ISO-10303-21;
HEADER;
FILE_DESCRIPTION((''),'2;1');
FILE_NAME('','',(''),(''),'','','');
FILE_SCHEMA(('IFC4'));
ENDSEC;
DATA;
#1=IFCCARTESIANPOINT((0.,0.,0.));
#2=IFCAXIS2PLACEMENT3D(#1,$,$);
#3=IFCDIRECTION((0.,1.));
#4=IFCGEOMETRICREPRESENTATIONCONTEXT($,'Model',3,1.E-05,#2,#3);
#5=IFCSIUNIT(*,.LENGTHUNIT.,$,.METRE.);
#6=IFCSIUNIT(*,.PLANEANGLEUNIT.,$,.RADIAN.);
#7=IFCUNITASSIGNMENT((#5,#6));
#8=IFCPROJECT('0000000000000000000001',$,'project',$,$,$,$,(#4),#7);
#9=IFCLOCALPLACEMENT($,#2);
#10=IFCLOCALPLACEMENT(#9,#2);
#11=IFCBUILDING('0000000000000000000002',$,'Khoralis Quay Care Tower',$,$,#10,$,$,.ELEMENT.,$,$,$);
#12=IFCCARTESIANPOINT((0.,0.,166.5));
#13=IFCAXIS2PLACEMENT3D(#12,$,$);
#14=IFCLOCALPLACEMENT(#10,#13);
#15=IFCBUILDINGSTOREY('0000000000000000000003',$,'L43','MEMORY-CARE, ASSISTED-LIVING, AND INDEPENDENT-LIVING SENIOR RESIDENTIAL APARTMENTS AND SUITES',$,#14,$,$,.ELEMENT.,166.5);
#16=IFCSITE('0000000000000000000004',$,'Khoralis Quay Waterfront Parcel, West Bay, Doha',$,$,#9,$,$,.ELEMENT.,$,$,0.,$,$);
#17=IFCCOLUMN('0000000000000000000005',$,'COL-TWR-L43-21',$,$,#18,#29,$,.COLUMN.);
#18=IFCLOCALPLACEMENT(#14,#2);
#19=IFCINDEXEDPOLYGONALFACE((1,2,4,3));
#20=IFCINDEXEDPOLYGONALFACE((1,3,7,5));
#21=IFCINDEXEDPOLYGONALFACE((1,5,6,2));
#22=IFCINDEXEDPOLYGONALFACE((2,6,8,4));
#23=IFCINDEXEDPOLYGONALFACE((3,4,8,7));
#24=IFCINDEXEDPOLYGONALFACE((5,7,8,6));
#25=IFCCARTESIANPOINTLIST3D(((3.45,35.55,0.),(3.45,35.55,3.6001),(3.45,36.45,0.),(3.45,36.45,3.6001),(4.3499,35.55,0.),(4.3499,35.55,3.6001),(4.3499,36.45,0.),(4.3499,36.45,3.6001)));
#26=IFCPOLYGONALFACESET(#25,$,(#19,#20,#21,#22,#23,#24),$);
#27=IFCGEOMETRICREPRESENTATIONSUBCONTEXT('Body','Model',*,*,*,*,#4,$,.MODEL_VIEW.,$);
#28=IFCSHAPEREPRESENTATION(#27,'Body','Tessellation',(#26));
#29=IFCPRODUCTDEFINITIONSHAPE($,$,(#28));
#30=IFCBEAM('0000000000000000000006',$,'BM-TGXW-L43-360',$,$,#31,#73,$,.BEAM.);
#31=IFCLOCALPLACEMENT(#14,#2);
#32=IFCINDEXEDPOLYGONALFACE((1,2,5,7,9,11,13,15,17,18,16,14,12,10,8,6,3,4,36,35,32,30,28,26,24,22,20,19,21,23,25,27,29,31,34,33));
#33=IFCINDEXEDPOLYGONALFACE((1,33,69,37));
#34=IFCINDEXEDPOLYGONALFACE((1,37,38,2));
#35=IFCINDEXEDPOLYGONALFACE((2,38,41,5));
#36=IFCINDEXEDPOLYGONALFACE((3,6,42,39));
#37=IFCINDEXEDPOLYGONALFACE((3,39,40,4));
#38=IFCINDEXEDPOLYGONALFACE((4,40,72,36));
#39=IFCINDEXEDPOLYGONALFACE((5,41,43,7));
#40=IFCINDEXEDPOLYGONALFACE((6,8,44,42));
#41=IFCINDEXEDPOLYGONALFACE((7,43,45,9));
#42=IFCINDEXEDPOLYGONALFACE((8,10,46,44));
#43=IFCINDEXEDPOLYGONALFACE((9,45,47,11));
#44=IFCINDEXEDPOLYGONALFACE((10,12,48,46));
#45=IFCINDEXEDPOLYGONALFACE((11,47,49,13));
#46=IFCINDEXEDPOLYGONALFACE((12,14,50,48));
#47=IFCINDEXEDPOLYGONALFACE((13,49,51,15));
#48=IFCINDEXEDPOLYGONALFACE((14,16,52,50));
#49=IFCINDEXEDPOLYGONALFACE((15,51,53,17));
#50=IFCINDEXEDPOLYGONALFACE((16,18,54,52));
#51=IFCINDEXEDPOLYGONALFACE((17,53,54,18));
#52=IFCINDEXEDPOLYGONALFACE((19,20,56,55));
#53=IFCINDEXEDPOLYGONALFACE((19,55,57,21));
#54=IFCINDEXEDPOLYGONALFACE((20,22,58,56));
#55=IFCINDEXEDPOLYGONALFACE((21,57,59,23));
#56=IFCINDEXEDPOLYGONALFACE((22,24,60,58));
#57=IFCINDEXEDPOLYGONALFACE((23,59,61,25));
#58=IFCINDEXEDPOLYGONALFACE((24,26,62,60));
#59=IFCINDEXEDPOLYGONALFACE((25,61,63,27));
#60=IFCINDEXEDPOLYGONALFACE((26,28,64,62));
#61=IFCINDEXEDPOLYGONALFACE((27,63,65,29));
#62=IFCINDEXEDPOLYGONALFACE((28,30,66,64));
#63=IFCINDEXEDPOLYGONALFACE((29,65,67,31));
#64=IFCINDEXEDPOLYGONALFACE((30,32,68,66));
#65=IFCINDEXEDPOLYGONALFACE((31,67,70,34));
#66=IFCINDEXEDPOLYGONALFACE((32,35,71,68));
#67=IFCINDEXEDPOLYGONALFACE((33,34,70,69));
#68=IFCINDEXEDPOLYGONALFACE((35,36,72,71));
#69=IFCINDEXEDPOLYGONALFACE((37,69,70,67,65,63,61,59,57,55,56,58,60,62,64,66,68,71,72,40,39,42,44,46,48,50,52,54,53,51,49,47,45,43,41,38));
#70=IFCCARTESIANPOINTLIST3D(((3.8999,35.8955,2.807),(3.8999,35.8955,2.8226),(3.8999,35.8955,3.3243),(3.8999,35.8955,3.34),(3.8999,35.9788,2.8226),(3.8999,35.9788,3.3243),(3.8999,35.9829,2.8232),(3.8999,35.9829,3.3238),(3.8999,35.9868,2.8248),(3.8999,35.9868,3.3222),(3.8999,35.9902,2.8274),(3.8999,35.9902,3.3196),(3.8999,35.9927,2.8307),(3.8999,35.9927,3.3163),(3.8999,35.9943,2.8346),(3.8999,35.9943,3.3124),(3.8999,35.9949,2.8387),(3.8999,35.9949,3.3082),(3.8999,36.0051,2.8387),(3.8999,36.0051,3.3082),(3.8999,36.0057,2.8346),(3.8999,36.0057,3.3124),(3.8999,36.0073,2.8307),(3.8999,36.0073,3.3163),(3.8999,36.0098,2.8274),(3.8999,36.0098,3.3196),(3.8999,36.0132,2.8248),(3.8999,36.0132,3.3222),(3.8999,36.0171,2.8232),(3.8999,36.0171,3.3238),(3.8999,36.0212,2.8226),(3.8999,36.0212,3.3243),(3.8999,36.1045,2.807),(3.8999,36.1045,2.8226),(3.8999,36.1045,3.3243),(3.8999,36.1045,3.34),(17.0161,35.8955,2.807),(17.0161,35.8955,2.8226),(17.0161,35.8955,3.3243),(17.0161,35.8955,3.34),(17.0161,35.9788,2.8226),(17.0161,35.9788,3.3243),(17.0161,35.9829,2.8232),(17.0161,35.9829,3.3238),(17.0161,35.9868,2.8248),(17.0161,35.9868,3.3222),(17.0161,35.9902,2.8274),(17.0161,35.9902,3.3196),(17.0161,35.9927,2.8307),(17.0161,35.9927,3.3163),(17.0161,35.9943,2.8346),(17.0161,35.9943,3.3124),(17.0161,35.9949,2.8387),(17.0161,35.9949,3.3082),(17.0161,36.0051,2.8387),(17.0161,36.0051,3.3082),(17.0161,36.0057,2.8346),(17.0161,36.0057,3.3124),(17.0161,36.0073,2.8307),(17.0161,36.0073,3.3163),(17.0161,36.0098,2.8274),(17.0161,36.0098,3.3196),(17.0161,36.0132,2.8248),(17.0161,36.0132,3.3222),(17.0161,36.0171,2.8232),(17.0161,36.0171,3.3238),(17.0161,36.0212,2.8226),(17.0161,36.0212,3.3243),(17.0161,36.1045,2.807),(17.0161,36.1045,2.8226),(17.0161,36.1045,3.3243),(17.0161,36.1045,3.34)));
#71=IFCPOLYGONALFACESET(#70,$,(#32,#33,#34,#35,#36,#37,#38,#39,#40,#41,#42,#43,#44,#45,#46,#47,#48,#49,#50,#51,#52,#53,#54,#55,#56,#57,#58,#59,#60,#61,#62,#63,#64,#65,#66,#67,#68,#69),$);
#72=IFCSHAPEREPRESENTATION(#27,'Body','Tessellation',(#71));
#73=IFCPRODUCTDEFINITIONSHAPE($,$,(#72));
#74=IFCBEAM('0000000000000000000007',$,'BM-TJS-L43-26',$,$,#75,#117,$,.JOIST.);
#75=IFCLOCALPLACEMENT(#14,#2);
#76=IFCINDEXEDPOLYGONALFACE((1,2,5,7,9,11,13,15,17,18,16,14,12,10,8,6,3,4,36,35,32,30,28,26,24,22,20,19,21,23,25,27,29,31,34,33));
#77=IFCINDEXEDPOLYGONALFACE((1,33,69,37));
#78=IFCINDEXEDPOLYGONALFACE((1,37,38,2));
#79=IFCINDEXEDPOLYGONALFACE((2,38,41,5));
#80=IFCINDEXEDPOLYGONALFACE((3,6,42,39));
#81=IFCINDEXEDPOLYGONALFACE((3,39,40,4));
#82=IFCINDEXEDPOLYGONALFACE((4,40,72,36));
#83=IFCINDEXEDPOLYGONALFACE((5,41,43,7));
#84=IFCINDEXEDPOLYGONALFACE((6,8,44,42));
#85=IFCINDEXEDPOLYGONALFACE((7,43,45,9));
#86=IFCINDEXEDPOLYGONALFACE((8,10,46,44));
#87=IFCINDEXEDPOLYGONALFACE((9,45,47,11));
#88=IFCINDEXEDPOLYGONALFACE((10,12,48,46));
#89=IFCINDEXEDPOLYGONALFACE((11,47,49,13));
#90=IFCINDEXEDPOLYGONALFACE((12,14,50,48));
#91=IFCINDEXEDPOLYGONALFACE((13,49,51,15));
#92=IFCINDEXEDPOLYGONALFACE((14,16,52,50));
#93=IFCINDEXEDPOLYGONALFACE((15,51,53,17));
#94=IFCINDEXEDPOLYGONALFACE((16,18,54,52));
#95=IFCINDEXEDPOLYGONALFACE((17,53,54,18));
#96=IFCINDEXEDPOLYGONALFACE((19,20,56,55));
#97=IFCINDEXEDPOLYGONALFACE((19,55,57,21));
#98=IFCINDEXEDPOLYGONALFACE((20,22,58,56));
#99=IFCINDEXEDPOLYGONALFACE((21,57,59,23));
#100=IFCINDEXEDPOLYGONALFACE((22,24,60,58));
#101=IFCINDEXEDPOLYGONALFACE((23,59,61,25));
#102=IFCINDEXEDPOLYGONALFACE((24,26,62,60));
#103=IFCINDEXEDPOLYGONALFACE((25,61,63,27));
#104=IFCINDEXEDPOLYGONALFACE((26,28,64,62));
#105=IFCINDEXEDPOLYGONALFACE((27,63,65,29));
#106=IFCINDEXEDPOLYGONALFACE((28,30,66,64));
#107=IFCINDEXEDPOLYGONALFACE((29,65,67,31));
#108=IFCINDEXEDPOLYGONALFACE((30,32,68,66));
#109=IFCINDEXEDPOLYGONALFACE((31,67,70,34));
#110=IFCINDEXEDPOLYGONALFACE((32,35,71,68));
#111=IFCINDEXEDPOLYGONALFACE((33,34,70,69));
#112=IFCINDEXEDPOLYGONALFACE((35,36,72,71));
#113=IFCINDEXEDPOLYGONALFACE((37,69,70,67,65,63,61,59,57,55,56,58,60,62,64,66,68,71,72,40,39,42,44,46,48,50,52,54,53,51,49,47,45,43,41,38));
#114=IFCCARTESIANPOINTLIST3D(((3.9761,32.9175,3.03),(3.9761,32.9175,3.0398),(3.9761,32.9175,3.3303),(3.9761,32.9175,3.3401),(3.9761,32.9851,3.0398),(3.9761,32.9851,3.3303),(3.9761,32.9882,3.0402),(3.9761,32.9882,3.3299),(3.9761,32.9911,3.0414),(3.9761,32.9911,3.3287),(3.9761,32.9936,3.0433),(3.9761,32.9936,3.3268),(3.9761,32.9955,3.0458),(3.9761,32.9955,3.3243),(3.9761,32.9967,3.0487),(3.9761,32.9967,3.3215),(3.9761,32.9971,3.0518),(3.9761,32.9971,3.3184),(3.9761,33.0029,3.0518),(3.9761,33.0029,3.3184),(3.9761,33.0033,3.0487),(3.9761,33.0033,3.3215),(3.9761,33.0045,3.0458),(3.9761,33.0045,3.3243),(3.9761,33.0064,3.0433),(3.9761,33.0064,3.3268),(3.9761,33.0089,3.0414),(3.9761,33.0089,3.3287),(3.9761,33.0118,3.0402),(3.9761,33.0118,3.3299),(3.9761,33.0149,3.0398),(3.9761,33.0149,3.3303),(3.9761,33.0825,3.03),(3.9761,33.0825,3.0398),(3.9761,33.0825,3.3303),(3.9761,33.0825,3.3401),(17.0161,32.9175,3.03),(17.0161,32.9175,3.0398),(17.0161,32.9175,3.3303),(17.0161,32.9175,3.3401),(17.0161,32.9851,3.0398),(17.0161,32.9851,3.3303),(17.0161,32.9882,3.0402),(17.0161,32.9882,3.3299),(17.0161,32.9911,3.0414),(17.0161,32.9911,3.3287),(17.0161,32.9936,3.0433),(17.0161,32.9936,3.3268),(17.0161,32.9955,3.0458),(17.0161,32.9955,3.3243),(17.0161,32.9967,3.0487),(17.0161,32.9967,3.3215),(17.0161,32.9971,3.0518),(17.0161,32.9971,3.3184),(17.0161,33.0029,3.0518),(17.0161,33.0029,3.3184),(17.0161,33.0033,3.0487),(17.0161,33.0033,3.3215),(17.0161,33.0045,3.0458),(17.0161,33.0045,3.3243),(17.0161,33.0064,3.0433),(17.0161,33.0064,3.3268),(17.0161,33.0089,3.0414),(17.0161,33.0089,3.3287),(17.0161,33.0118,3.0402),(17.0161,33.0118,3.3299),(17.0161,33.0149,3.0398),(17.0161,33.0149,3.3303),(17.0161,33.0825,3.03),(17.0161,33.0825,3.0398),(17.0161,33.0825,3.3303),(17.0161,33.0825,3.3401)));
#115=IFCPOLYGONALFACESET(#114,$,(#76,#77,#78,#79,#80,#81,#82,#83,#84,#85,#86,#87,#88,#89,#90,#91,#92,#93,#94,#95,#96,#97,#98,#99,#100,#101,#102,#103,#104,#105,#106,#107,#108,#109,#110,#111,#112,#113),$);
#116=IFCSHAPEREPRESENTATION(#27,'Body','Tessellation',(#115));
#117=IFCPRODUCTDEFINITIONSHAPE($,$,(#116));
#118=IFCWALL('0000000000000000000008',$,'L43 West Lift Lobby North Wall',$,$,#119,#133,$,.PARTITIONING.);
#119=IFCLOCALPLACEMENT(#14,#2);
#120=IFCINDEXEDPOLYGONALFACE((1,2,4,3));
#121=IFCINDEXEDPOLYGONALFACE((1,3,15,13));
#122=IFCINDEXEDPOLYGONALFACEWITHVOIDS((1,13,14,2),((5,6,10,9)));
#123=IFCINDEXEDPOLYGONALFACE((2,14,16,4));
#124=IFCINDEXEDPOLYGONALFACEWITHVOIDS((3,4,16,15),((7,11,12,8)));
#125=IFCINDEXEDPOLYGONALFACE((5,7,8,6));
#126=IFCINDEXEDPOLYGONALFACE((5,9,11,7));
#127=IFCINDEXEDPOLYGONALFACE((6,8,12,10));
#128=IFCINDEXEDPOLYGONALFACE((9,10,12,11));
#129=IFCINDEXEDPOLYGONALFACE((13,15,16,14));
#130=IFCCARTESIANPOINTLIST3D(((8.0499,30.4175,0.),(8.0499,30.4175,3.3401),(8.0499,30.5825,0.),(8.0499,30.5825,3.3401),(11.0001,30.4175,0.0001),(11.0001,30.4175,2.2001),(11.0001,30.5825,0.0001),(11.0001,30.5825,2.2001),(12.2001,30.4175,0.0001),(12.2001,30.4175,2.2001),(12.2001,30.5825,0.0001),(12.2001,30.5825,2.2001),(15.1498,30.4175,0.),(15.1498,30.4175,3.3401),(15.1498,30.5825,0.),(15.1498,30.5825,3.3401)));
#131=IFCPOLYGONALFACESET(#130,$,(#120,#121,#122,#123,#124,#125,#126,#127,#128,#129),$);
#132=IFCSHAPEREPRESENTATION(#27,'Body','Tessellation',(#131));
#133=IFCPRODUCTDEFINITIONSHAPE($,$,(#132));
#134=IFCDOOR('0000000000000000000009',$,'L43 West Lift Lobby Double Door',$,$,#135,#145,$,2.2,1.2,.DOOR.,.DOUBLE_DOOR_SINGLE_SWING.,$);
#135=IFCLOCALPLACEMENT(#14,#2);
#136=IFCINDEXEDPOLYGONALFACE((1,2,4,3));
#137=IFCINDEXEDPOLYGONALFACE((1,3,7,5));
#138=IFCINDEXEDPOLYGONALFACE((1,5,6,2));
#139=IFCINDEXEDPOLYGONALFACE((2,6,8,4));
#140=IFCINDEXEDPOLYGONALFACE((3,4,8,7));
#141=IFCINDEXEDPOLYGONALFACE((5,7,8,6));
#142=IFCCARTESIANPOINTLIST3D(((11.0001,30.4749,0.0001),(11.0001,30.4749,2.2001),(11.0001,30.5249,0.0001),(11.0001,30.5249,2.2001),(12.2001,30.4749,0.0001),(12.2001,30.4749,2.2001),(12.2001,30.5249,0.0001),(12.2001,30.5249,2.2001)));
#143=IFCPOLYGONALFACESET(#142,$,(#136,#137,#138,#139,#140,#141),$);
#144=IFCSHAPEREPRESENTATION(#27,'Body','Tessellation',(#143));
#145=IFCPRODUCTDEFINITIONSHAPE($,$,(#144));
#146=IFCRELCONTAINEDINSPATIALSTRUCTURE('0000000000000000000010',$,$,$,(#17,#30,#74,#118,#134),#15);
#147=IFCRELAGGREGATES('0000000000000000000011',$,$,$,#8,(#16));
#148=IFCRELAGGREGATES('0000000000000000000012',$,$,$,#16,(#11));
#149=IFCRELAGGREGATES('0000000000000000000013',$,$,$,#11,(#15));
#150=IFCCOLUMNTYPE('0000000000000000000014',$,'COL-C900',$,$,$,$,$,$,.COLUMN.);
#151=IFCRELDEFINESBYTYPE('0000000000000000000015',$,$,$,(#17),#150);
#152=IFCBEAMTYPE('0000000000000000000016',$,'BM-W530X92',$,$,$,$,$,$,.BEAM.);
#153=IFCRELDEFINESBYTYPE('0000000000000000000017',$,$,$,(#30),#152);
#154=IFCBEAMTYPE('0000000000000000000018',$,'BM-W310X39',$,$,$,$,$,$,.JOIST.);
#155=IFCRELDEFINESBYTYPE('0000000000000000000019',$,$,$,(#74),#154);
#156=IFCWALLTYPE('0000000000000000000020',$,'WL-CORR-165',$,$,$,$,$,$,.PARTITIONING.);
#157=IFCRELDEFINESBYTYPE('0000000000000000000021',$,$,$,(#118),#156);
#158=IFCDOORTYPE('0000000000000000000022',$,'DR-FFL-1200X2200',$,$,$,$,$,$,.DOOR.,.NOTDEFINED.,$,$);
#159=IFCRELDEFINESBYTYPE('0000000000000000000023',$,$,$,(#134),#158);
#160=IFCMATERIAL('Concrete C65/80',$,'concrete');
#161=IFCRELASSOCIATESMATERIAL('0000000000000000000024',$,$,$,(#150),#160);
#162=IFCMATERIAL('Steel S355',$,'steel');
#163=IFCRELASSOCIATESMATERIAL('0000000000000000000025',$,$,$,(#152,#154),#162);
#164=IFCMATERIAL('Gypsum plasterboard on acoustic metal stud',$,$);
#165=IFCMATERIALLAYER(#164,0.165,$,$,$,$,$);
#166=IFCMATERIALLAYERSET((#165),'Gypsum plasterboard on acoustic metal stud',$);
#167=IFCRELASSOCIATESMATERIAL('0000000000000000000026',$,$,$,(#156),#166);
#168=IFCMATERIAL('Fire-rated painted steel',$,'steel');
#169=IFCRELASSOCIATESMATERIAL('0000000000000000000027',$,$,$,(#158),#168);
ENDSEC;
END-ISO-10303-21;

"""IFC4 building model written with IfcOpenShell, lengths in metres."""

from ifc_helpers import new_model, si_unit, direction, frame, frame_2d, origin, origin_2d, place, context, subcontext, project, spatial, rectangle, i_section, extrude, source, transform, mapped, material, layer, layer_set, material_profile, profile_set, type_object, element, fill, save


model = new_model("IFC4")

# Units and contexts
model_context = context("Model", 3, precision=1e-05, world=origin(), true_north=direction((0.0, 1.0)))
body_context = subcontext(model_context, "Body", "Model", "MODEL_VIEW")
ifc_project = project(units=[si_unit("LENGTHUNIT", "METRE"), si_unit("PLANEANGLEUNIT", "RADIAN")], contexts=[model_context])

# Site, building, storey
site_placement = place(None, origin())
site = spatial("IfcSite", under=ifc_project, at=site_placement, Name="Khoralis Quay Waterfront Parcel, West Bay, Doha", CompositionType="ELEMENT", RefElevation=0.0)
building_placement = place(site_placement, origin())
building = spatial("IfcBuilding", under=site, at=building_placement, Name="Khoralis Quay Care Tower", CompositionType="ELEMENT")
storey_placement = place(building_placement, frame((0.0, 0.0, 166.5)))
storey = spatial("IfcBuildingStorey", under=building, at=storey_placement, Name="L43", Description="MEMORY-CARE, ASSISTED-LIVING, AND INDEPENDENT-LIVING SENIOR RESIDENTIAL APARTMENTS AND SUITES", CompositionType="ELEMENT", Elevation=166.5)

# Column
ifc_material_1 = material(Name="Concrete C65/80", Category="concrete")
ifc_material_profile_1 = material_profile(ifc_material_1, rectangle(XDim=0.8999, YDim=0.8999, at=origin_2d()), Name="Concrete C65/80")
ifc_profile_set_1 = profile_set([ifc_material_profile_1], Name="Concrete C65/80")
column_type = type_object("IfcColumnType", Name="COL-C900", PredefinedType="COLUMN", material=ifc_profile_set_1)
shared_shape_1 = source(origin(), body_context, "Body", "SweptSolid", [
    extrude(rectangle(XDim=0.8999, YDim=0.8999, at=origin_2d()), origin(), (0.0, 0.0, 1.0), 3.6001),
])
column_placement = place(storey_placement, frame((3.8999, 36.0, 0.0), z_axis=(0.0, 0.0, 1.0), x_axis=(1.0, 0.0, 0.0)))
element("IfcColumn", 1, at=column_placement, inside=storey, type_object=column_type, Name="COL-TWR-L43-21", PredefinedType="COLUMN", context=body_context, shape_type="MappedRepresentation", body=[
    mapped(shared_shape_1, transform((0.0, 0.0, 0.0), scale=1.0)),
])

# Beams
ifc_material_2 = material(Name="Steel S355", Category="steel")
ifc_material_profile_2 = material_profile(ifc_material_2, i_section(OverallWidth=0.209, OverallDepth=0.533, WebThickness=0.0103, FlangeThickness=0.0156, FilletRadius=0.0161, at=origin_2d()), Name="Steel S355")
ifc_profile_set_2 = profile_set([ifc_material_profile_2], Name="Steel S355")
beam_type_1 = type_object("IfcBeamType", Name="BM-W530X92", PredefinedType="BEAM", material=ifc_profile_set_2)
shared_shape_2 = source(origin(), body_context, "Body", "SweptSolid", [
    extrude(i_section(OverallWidth=0.209, OverallDepth=0.533, WebThickness=0.0103, FlangeThickness=0.0156, FilletRadius=0.0161, at=origin_2d()), origin(), (0.0, 0.0, 1.0), 13.1162),
])
beam_1_placement = place(storey_placement, frame((3.8999, 36.0, 3.0735), z_axis=(1.0, 0.0, 0.0), x_axis=(0.0, 1.0, 0.0)))
element("IfcBeam", 2, at=beam_1_placement, inside=storey, type_object=beam_type_1, Name="BM-TGXW-L43-360", PredefinedType="BEAM", context=body_context, shape_type="MappedRepresentation", body=[
    mapped(shared_shape_2, transform((0.0, 0.0, 0.0), scale=1.0)),
])
ifc_material_profile_3 = material_profile(ifc_material_2, i_section(OverallWidth=0.165, OverallDepth=0.3101, WebThickness=0.0059, FlangeThickness=0.0098, FilletRadius=0.012, at=origin_2d()), Name="Steel S355")
ifc_profile_set_3 = profile_set([ifc_material_profile_3], Name="Steel S355")
beam_type_2 = type_object("IfcBeamType", Name="BM-W310X39", PredefinedType="JOIST", material=ifc_profile_set_3)
shared_shape_3 = source(origin(), body_context, "Body", "SweptSolid", [
    extrude(i_section(OverallWidth=0.165, OverallDepth=0.3101, WebThickness=0.0059, FlangeThickness=0.0098, FilletRadius=0.012, at=origin_2d()), origin(), (0.0, 0.0, 1.0), 13.04),
])
beam_2_placement = place(storey_placement, frame((3.9761, 33.0, 3.1851), z_axis=(1.0, 0.0, 0.0), x_axis=(0.0, 1.0, 0.0)))
element("IfcBeam", 3, at=beam_2_placement, inside=storey, type_object=beam_type_2, Name="BM-TJS-L43-26", PredefinedType="JOIST", context=body_context, shape_type="MappedRepresentation", body=[
    mapped(shared_shape_3, transform((0.0, 0.0, 0.0), scale=1.0)),
])

# Wall, opening, door
ifc_material_3 = material(Name="Gypsum plasterboard on acoustic metal stud")
ifc_layer_1 = layer(ifc_material_3, 0.165)
ifc_layer_set_1 = layer_set([ifc_layer_1], Name="Gypsum plasterboard on acoustic metal stud")
wall_type_1 = type_object("IfcWallType", Name="WL-CORR-165", PredefinedType="PARTITIONING", material=ifc_layer_set_1)
wall_1_placement = place(storey_placement, frame((8.05, 30.5, 0.0), z_axis=(0.0, 0.0, 1.0), x_axis=(1.0, 0.0, 0.0)))
wall_1 = element("IfcWall", 4, at=wall_1_placement, inside=storey, type_object=wall_type_1, Name="L43 West Lift Lobby North Wall", PredefinedType="PARTITIONING", context=body_context, shape_type="SweptSolid", body=[
    extrude(rectangle(XDim=7.0999, YDim=0.165, at=frame_2d((3.5498, 0.0))), origin(), (0.0, 0.0, 1.0), 3.3401),
])
opening_1_placement = place(wall_1_placement, frame((2.95, 0.0, 0.0)))
opening_1 = element("IfcOpeningElement", 5, at=opening_1_placement, cuts=wall_1, PredefinedType="OPENING", context=body_context, shape_type="SweptSolid", body=[
    extrude(rectangle(XDim=1.2, YDim=2.2, at=frame_2d((0.6001, 1.1001))), frame((0.0, 0.0925, 0.0), z_axis=(0.0, -1.0, 0.0), x_axis=(1.0, 0.0, 0.0)), (0.0, 0.0, 1.0), 0.1851),
])
ifc_material_4 = material(Name="Fire-rated painted steel", Category="steel")
door_type_1 = type_object("IfcDoorType", Name="DR-FFL-1200X2200", OperationType="NOTDEFINED", PredefinedType="DOOR", material=ifc_material_4)
shared_shape_4 = source(origin(), body_context, "Body", "SweptSolid", [
    extrude(rectangle(XDim=1.2, YDim=2.2, at=frame_2d((0.6001, 1.1001))), frame((0.0, 0.0249, 0.0), z_axis=(0.0, -1.0, 0.0), x_axis=(1.0, 0.0, 0.0)), (0.0, 0.0, 1.0), 0.05),
])
door_1_placement = place(opening_1_placement, origin())
door_1 = element("IfcDoor", 6, at=door_1_placement, inside=storey, type_object=door_type_1, Name="L43 West Lift Lobby Double Door", OperationType="DOUBLE_DOOR_SINGLE_SWING", OverallHeight=2.2, OverallWidth=1.2, PredefinedType="DOOR", context=body_context, shape_type="MappedRepresentation", body=[
    mapped(shared_shape_4, transform((0.0, 0.0, 0.0), scale=1.0)),
])
fill(opening_1, door_1)

save(model, "model.ifc")
